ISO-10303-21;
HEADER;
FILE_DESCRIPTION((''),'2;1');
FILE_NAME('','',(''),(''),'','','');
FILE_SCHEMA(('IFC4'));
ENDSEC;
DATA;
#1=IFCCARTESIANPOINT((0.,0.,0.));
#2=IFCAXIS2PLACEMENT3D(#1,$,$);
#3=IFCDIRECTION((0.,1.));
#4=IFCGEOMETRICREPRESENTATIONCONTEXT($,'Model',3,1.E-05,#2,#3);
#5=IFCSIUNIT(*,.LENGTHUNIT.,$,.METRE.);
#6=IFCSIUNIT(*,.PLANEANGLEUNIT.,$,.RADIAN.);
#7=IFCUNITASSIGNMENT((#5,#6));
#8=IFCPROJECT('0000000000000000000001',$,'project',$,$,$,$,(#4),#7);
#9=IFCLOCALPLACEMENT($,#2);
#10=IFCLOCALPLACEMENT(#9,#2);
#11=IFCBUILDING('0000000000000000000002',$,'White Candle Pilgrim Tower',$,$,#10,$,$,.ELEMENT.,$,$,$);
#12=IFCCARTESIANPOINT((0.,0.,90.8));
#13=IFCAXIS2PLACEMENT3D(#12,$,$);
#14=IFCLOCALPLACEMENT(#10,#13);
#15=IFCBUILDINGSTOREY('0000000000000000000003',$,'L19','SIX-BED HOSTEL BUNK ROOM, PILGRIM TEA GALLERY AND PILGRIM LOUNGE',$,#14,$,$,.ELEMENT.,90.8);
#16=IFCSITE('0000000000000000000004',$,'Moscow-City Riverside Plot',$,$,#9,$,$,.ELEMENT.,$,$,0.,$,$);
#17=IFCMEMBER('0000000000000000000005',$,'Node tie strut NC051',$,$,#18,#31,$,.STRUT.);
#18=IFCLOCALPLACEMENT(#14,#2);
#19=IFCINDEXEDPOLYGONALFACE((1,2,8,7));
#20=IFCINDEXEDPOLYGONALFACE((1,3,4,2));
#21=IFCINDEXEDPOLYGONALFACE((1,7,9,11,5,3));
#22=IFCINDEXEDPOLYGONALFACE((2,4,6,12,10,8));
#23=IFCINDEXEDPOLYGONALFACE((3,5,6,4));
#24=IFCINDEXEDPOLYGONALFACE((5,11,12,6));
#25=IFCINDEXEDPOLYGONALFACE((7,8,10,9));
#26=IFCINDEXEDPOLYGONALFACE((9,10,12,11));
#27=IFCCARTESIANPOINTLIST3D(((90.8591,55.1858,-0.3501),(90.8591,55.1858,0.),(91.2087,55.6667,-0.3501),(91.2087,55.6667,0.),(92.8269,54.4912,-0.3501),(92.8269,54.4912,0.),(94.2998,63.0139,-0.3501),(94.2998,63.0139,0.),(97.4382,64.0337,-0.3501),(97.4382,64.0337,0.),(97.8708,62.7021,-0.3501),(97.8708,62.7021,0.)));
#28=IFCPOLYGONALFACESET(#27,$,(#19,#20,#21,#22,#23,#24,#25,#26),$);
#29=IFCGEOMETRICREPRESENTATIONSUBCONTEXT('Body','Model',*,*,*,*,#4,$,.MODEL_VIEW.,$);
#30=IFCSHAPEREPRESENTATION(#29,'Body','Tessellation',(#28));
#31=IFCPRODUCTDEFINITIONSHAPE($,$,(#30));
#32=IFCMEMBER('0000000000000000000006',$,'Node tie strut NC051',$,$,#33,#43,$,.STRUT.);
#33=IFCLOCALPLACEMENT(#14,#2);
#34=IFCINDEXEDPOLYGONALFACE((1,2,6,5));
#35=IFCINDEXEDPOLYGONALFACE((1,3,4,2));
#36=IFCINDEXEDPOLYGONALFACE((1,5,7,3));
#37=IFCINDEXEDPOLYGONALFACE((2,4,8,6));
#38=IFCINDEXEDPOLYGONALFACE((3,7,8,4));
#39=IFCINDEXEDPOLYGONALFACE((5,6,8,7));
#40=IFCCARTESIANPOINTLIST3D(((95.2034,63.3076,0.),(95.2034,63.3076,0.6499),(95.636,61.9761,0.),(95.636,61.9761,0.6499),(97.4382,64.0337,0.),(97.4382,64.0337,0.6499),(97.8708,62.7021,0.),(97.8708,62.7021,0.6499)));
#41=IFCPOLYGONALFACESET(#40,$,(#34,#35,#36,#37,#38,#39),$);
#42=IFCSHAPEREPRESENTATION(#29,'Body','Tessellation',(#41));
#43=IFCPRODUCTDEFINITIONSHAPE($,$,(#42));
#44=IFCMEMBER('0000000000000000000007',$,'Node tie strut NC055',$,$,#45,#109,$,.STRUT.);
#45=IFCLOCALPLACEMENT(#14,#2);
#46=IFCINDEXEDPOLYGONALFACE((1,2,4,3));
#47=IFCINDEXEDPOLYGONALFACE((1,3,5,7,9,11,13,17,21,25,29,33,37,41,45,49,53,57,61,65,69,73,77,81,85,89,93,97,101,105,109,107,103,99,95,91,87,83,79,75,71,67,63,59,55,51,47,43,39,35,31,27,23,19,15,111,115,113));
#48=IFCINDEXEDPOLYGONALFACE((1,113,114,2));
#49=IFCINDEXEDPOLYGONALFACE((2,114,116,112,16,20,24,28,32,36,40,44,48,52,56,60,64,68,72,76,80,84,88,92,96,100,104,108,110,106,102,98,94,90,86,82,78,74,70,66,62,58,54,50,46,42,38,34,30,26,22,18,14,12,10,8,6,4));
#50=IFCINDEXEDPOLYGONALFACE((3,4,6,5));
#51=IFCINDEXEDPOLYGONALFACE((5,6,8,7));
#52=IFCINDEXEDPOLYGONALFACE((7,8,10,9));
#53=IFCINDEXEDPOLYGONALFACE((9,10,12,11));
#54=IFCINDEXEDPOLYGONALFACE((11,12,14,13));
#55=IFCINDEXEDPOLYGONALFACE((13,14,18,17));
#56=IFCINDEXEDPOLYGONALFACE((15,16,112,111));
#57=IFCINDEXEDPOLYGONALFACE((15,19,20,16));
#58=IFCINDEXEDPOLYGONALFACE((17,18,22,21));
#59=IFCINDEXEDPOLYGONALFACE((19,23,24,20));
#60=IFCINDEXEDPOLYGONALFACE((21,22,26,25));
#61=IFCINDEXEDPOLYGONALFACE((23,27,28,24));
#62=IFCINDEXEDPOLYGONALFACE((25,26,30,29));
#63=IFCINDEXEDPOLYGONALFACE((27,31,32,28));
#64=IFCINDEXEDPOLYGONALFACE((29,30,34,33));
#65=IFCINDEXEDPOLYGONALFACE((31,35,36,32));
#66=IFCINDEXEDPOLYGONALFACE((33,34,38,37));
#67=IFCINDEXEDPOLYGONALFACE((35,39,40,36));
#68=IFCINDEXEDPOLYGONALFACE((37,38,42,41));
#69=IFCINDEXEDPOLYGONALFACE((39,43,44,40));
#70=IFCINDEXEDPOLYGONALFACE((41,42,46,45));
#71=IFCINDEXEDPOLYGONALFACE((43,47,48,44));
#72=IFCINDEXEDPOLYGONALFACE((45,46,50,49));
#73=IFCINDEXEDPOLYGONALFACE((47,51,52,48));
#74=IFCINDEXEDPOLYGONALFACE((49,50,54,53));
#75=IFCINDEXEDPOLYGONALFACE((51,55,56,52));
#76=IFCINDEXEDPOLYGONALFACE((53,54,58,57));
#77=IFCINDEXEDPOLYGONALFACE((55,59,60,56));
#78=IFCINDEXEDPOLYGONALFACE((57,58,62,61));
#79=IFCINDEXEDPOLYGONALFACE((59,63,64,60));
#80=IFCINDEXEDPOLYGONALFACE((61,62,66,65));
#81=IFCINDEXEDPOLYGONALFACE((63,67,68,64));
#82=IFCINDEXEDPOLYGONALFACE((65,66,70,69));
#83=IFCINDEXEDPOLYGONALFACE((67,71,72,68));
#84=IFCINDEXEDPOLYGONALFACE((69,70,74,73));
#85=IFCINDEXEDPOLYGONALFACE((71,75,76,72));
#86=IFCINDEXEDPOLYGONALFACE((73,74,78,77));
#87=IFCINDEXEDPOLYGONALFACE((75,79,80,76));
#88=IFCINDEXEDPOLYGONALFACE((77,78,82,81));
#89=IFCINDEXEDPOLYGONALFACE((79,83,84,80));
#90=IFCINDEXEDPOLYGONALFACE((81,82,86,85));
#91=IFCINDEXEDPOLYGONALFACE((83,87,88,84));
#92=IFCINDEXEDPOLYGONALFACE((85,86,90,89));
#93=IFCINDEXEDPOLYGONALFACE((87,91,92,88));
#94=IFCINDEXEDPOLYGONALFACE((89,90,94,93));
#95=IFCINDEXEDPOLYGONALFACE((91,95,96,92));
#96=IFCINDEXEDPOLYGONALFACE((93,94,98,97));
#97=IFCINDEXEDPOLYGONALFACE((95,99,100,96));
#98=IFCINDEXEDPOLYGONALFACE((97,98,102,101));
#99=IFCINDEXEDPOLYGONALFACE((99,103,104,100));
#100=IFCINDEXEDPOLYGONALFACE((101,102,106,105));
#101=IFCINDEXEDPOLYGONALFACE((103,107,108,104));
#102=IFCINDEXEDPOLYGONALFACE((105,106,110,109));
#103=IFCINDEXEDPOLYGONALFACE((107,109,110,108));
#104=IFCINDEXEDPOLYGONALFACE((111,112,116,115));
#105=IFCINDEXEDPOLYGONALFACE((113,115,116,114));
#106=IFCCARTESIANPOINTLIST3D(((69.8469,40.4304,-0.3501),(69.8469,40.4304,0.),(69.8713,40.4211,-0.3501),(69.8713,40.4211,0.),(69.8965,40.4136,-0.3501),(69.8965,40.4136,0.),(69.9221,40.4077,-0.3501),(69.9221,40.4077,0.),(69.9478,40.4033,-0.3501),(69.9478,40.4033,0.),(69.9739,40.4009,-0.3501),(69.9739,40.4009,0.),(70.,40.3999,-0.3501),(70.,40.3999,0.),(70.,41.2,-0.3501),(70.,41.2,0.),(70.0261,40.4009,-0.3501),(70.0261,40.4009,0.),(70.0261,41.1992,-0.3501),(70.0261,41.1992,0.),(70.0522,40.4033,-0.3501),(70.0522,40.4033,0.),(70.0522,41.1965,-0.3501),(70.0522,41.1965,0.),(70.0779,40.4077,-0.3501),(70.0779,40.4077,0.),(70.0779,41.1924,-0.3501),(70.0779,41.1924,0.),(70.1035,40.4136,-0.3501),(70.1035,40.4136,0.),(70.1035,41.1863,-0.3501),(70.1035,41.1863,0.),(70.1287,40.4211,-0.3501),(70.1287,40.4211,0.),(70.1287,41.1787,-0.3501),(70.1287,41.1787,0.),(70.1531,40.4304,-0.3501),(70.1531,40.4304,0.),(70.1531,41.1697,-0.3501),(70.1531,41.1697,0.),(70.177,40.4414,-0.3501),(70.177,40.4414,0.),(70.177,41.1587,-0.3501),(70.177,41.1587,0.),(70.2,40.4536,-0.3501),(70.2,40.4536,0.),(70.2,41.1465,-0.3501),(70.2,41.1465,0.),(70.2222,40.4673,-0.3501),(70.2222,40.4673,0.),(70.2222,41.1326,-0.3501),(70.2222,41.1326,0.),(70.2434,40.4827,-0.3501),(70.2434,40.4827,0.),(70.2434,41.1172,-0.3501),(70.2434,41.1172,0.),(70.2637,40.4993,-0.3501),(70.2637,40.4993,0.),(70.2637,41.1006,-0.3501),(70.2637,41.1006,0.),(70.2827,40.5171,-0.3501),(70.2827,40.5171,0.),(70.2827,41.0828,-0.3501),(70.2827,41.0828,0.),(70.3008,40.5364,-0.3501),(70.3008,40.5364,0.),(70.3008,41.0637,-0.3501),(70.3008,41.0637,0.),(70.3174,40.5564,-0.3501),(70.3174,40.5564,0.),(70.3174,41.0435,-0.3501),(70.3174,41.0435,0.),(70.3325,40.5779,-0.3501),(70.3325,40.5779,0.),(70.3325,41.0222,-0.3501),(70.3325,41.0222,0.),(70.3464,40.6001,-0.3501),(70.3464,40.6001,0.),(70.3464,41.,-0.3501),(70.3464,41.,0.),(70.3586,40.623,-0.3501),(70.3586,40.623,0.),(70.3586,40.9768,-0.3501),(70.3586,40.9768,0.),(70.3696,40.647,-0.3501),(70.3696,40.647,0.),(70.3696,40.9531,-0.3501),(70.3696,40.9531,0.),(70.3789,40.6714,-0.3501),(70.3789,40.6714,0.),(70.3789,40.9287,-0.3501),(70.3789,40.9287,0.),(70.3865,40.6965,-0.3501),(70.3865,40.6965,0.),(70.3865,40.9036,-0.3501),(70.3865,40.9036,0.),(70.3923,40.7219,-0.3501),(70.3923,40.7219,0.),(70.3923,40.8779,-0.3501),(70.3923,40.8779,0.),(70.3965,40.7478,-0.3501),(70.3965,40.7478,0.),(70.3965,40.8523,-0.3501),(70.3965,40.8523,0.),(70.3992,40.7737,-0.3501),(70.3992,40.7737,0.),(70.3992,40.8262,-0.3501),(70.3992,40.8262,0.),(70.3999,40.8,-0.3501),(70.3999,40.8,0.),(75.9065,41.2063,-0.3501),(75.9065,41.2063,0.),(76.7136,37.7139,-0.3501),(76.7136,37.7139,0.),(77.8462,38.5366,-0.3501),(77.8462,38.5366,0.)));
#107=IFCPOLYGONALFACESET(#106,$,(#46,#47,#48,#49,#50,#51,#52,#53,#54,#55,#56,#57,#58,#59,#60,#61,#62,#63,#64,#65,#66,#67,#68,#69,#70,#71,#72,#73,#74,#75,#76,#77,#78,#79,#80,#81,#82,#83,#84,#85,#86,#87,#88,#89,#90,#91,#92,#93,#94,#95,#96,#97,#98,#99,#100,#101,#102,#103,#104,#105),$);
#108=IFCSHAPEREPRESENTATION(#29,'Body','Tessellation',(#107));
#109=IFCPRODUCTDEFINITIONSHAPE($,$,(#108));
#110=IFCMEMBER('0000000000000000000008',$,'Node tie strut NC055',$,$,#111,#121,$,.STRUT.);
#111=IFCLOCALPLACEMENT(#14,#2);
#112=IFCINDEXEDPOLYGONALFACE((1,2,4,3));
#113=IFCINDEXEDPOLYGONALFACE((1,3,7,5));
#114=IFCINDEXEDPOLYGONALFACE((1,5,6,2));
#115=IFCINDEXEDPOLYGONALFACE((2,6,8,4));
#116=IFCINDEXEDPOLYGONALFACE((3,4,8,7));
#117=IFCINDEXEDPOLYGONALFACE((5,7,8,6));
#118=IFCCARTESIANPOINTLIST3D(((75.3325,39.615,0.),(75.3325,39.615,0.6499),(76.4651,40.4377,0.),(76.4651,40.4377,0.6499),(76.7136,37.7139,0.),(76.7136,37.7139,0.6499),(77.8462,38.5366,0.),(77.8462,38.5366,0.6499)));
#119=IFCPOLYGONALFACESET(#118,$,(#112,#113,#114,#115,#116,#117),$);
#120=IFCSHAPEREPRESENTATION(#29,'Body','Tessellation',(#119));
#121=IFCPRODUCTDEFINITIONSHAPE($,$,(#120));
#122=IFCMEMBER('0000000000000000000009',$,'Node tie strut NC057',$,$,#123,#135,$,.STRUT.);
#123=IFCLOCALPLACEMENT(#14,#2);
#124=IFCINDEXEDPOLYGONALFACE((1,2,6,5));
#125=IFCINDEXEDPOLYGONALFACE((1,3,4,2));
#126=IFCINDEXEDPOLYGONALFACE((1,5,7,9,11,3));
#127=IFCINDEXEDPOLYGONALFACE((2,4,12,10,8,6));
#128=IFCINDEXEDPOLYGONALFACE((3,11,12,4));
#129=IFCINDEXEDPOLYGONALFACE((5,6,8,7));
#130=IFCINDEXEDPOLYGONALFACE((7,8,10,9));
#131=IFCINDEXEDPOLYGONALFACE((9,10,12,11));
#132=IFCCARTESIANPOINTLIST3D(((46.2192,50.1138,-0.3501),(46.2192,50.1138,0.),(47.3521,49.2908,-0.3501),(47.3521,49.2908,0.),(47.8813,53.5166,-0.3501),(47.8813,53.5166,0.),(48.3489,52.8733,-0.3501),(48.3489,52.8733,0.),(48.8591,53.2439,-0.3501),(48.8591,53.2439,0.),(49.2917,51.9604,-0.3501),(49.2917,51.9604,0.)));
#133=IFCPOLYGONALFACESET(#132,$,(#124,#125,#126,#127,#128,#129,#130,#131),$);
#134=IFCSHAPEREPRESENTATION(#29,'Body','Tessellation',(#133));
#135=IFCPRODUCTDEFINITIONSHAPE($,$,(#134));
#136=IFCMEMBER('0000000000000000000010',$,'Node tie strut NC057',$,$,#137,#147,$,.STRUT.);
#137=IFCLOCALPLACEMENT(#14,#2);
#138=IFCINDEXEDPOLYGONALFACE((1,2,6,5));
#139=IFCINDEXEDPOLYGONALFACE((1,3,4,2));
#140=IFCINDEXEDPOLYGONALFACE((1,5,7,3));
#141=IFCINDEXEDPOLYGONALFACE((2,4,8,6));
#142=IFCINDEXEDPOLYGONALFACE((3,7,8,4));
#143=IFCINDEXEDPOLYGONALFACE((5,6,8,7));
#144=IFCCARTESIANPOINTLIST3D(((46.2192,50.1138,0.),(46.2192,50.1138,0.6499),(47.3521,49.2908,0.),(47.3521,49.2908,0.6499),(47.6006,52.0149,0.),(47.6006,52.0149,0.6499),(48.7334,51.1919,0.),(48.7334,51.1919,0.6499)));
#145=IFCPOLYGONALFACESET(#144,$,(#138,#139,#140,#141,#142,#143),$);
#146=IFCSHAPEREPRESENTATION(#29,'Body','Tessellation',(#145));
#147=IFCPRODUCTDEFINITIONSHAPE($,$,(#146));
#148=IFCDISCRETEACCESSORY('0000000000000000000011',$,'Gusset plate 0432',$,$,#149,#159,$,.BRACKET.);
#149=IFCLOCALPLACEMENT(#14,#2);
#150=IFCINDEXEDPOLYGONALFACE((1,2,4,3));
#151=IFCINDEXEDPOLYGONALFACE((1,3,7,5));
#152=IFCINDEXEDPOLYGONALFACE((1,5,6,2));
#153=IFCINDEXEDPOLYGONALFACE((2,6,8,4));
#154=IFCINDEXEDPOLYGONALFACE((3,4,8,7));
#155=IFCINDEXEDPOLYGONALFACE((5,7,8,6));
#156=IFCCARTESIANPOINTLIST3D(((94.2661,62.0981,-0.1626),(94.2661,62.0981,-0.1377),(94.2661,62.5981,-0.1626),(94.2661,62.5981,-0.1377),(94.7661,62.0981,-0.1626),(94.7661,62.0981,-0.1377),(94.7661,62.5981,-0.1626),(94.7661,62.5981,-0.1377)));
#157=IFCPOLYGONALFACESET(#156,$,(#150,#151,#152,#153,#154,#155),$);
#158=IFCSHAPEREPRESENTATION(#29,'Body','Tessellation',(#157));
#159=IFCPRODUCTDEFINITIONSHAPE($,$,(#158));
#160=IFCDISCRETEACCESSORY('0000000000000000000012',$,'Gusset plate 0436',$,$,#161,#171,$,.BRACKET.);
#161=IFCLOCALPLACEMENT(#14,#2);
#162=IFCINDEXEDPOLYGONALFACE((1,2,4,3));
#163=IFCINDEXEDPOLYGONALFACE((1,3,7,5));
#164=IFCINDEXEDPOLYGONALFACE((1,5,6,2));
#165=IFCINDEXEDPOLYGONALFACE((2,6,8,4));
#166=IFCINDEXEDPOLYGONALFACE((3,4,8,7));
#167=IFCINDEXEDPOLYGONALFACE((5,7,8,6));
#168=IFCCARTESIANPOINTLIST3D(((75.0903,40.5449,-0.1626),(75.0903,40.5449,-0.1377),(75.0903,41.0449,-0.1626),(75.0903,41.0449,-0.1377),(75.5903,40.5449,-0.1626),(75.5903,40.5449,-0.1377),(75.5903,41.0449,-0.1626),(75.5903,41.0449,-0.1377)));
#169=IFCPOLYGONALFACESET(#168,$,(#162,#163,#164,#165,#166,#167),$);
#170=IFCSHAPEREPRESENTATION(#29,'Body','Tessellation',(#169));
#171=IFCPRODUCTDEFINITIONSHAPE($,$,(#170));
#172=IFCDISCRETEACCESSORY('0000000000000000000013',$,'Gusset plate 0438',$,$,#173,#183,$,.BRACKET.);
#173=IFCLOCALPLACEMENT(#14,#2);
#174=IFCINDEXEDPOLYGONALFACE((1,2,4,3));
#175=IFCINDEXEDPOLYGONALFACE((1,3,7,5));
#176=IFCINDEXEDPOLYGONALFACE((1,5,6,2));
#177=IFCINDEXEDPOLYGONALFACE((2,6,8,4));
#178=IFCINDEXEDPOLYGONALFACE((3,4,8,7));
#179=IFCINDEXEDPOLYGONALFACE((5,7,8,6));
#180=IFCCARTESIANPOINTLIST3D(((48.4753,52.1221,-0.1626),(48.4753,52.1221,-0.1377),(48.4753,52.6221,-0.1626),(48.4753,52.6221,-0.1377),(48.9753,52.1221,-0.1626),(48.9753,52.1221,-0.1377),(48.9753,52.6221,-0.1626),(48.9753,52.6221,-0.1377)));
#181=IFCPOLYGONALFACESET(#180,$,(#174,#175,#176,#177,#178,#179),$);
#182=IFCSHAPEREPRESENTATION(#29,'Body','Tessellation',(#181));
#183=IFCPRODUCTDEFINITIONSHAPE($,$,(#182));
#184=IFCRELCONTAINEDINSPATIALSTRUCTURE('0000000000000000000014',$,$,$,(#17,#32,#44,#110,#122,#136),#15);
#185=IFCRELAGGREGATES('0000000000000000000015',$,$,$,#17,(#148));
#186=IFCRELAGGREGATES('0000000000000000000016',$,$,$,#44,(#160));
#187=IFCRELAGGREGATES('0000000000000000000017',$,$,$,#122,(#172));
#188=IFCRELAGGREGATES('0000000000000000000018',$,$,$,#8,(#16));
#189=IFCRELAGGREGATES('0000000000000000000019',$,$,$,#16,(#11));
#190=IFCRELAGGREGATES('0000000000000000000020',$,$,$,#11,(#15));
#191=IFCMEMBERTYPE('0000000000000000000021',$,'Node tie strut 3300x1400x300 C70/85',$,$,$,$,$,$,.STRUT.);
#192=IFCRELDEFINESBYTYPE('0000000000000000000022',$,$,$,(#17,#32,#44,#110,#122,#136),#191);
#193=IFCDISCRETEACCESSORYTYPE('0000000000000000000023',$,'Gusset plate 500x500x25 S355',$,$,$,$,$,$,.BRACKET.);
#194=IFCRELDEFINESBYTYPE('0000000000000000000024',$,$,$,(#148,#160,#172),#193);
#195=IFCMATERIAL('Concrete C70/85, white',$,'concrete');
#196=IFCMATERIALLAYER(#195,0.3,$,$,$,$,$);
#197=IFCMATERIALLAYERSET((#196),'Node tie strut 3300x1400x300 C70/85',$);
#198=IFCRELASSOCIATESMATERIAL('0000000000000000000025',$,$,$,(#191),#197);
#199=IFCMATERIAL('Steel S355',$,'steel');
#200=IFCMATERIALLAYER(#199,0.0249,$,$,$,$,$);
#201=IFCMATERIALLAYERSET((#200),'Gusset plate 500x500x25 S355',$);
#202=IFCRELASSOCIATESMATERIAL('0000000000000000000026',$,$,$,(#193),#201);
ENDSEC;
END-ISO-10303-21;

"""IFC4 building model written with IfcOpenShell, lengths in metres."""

from ifc_helpers import new_model, si_unit, direction, frame, origin, origin_2d, place, context, subcontext, project, spatial, polyline, rectangle, outline, extrude, material, layer, layer_set, type_object, element, aggregate, save


model = new_model("IFC4")

# Units and contexts
model_context = context("Model", 3, precision=1e-05, world=origin(), true_north=direction((0.0, 1.0)))
body_context = subcontext(model_context, "Body", "Model", "MODEL_VIEW")
ifc_project = project(units=[si_unit("LENGTHUNIT", "METRE"), si_unit("PLANEANGLEUNIT", "RADIAN")], contexts=[model_context])

# Site, building, storey
site_placement = place(None, origin())
site = spatial("IfcSite", under=ifc_project, at=site_placement, Name="Moscow-City Riverside Plot", CompositionType="ELEMENT", RefElevation=0.0)
building_placement = place(site_placement, origin())
building = spatial("IfcBuilding", under=site, at=building_placement, Name="White Candle Pilgrim Tower", CompositionType="ELEMENT")
storey_placement = place(building_placement, frame((0.0, 0.0, 90.8)))
storey = spatial("IfcBuildingStorey", under=building, at=storey_placement, Name="L19", Description="SIX-BED HOSTEL BUNK ROOM, PILGRIM TEA GALLERY AND PILGRIM LOUNGE", CompositionType="ELEMENT", Elevation=90.8)

# Members
ifc_material_1 = material(Name="Concrete C70/85, white", Category="concrete")
ifc_layer_1 = layer(ifc_material_1, 0.3)
ifc_layer_set_1 = layer_set([ifc_layer_1], Name="Node tie strut 3300x1400x300 C70/85")
member_type_1 = type_object("IfcMemberType", Name="Node tie strut 3300x1400x300 C70/85", PredefinedType="STRUT", material=ifc_layer_set_1)
member_1_placement = place(storey_placement, frame((0.0, 0.0, -0.3501)))
member_1 = element("IfcMember", 1, at=member_1_placement, inside=storey, type_object=member_type_1, Name="Node tie strut NC051", PredefinedType="STRUT", context=body_context, shape_type="SweptSolid", body=[
    extrude(outline(polyline([(92.8269, 54.4912), (97.8708, 62.7021), (97.4382, 64.0337), (94.2998, 63.0139), (90.8591, 55.1858), (91.2087, 55.6667), (92.8269, 54.4912)])), origin(), (0.0, 0.0, 1.0), 0.3501),
])
member_2_placement = place(storey_placement, origin())
element("IfcMember", 2, at=member_2_placement, inside=storey, type_object=member_type_1, Name="Node tie strut NC051", PredefinedType="STRUT", context=body_context, shape_type="SweptSolid", body=[
    extrude(outline(polyline([(95.636, 61.9761), (97.8708, 62.7021), (97.4382, 64.0337), (95.2034, 63.3076), (95.636, 61.9761)])), origin(), (0.0, 0.0, 1.0), 0.6499),
])
member_3_placement = place(storey_placement, frame((0.0, 0.0, -0.3501)))
member_3 = element("IfcMember", 3, at=member_3_placement, inside=storey, type_object=member_type_1, Name="Node tie strut NC055", PredefinedType="STRUT", context=body_context, shape_type="SweptSolid", body=[
    extrude(outline(polyline([(76.7136, 37.7139), (77.8462, 38.5366), (75.9065, 41.2063), (70.0, 41.2), (70.0261, 41.1992), (70.0522, 41.1965), (70.0779, 41.1924), (70.1035, 41.1863), (70.1287, 41.1787), (70.1531, 41.1697), (70.177, 41.1587), (70.2, 41.1465), (70.2222, 41.1326), (70.2434, 41.1172), (70.2637, 41.1006), (70.2827, 41.0828), (70.3008, 41.0637), (70.3174, 41.0435), (70.3325, 41.0222), (70.3464, 41.0), (70.3586, 40.9768), (70.3696, 40.9531), (70.3789, 40.9287), (70.3865, 40.9036), (70.3923, 40.8779), (70.3965, 40.8523), (70.3992, 40.8262), (70.3999, 40.8), (70.3992, 40.7737), (70.3965, 40.7478), (70.3923, 40.7219), (70.3865, 40.6965), (70.3789, 40.6714), (70.3696, 40.647), (70.3586, 40.623), (70.3464, 40.6001), (70.3325, 40.5779), (70.3174, 40.5564), (70.3008, 40.5364), (70.2827, 40.5171), (70.2637, 40.4993), (70.2434, 40.4827), (70.2222, 40.4673), (70.2, 40.4536), (70.177, 40.4414), (70.1531, 40.4304), (70.1287, 40.4211), (70.1035, 40.4136), (70.0779, 40.4077), (70.0522, 40.4033), (70.0261, 40.4009), (70.0, 40.3999), (69.9739, 40.4009), (69.9478, 40.4033), (69.9221, 40.4077), (69.8965, 40.4136), (69.8713, 40.4211), (69.8469, 40.4304), (76.7136, 37.7139)])), origin(), (0.0, 0.0, 1.0), 0.3501),
])
member_4_placement = place(storey_placement, origin())
element("IfcMember", 4, at=member_4_placement, inside=storey, type_object=member_type_1, Name="Node tie strut NC055", PredefinedType="STRUT", context=body_context, shape_type="SweptSolid", body=[
    extrude(outline(polyline([(76.7136, 37.7139), (77.8462, 38.5366), (76.4651, 40.4377), (75.3325, 39.615), (76.7136, 37.7139)])), origin(), (0.0, 0.0, 1.0), 0.6499),
])
member_5_placement = place(storey_placement, frame((0.0, 0.0, -0.3501)))
member_5 = element("IfcMember", 5, at=member_5_placement, inside=storey, type_object=member_type_1, Name="Node tie strut NC057", PredefinedType="STRUT", context=body_context, shape_type="SweptSolid", body=[
    extrude(outline(polyline([(47.3521, 49.2908), (49.2917, 51.9604), (48.8591, 53.2439), (48.3489, 52.8733), (47.8813, 53.5166), (46.2192, 50.1138), (47.3521, 49.2908)])), origin(), (0.0, 0.0, 1.0), 0.3501),
])
member_6_placement = place(storey_placement, origin())
element("IfcMember", 6, at=member_6_placement, inside=storey, type_object=member_type_1, Name="Node tie strut NC057", PredefinedType="STRUT", context=body_context, shape_type="SweptSolid", body=[
    extrude(outline(polyline([(47.3521, 49.2908), (48.7334, 51.1919), (47.6006, 52.0149), (46.2192, 50.1138), (47.3521, 49.2908)])), origin(), (0.0, 0.0, 1.0), 0.6499),
])

# Discrete accessories
ifc_material_2 = material(Name="Steel S355", Category="steel")
ifc_layer_2 = layer(ifc_material_2, 0.0249)
ifc_layer_set_2 = layer_set([ifc_layer_2], Name="Gusset plate 500x500x25 S355")
discrete_accessory_type = type_object("IfcDiscreteAccessoryType", Name="Gusset plate 500x500x25 S355", PredefinedType="BRACKET", material=ifc_layer_set_2)
discrete_accessory_1_placement = place(storey_placement, frame((94.5161, 62.3481, -0.1626), z_axis=(0.0, 0.0, 1.0), x_axis=(1.0, 0.0, 0.0)))
discrete_accessory_1 = element("IfcDiscreteAccessory", 7, at=discrete_accessory_1_placement, type_object=discrete_accessory_type, Name="Gusset plate 0432", PredefinedType="BRACKET", context=body_context, shape_type="SweptSolid", body=[
    extrude(rectangle(XDim=0.5, YDim=0.5, at=origin_2d()), origin(), (0.0, 0.0, 1.0), 0.0249),
])
aggregate(member_1, [discrete_accessory_1])
discrete_accessory_2_placement = place(storey_placement, frame((75.3403, 40.7949, -0.1626), z_axis=(0.0, 0.0, 1.0), x_axis=(1.0, 0.0, 0.0)))
discrete_accessory_2 = element("IfcDiscreteAccessory", 8, at=discrete_accessory_2_placement, type_object=discrete_accessory_type, Name="Gusset plate 0436", PredefinedType="BRACKET", context=body_context, shape_type="SweptSolid", body=[
    extrude(rectangle(XDim=0.5, YDim=0.5, at=origin_2d()), origin(), (0.0, 0.0, 1.0), 0.0249),
])
aggregate(member_3, [discrete_accessory_2])
discrete_accessory_3_placement = place(storey_placement, frame((48.7253, 52.3721, -0.1626), z_axis=(0.0, 0.0, 1.0), x_axis=(1.0, 0.0, 0.0)))
discrete_accessory_3 = element("IfcDiscreteAccessory", 9, at=discrete_accessory_3_placement, type_object=discrete_accessory_type, Name="Gusset plate 0438", PredefinedType="BRACKET", context=body_context, shape_type="SweptSolid", body=[
    extrude(rectangle(XDim=0.5, YDim=0.5, at=origin_2d()), origin(), (0.0, 0.0, 1.0), 0.0249),
])
aggregate(member_5, [discrete_accessory_3])

save(model, "model.ifc")
